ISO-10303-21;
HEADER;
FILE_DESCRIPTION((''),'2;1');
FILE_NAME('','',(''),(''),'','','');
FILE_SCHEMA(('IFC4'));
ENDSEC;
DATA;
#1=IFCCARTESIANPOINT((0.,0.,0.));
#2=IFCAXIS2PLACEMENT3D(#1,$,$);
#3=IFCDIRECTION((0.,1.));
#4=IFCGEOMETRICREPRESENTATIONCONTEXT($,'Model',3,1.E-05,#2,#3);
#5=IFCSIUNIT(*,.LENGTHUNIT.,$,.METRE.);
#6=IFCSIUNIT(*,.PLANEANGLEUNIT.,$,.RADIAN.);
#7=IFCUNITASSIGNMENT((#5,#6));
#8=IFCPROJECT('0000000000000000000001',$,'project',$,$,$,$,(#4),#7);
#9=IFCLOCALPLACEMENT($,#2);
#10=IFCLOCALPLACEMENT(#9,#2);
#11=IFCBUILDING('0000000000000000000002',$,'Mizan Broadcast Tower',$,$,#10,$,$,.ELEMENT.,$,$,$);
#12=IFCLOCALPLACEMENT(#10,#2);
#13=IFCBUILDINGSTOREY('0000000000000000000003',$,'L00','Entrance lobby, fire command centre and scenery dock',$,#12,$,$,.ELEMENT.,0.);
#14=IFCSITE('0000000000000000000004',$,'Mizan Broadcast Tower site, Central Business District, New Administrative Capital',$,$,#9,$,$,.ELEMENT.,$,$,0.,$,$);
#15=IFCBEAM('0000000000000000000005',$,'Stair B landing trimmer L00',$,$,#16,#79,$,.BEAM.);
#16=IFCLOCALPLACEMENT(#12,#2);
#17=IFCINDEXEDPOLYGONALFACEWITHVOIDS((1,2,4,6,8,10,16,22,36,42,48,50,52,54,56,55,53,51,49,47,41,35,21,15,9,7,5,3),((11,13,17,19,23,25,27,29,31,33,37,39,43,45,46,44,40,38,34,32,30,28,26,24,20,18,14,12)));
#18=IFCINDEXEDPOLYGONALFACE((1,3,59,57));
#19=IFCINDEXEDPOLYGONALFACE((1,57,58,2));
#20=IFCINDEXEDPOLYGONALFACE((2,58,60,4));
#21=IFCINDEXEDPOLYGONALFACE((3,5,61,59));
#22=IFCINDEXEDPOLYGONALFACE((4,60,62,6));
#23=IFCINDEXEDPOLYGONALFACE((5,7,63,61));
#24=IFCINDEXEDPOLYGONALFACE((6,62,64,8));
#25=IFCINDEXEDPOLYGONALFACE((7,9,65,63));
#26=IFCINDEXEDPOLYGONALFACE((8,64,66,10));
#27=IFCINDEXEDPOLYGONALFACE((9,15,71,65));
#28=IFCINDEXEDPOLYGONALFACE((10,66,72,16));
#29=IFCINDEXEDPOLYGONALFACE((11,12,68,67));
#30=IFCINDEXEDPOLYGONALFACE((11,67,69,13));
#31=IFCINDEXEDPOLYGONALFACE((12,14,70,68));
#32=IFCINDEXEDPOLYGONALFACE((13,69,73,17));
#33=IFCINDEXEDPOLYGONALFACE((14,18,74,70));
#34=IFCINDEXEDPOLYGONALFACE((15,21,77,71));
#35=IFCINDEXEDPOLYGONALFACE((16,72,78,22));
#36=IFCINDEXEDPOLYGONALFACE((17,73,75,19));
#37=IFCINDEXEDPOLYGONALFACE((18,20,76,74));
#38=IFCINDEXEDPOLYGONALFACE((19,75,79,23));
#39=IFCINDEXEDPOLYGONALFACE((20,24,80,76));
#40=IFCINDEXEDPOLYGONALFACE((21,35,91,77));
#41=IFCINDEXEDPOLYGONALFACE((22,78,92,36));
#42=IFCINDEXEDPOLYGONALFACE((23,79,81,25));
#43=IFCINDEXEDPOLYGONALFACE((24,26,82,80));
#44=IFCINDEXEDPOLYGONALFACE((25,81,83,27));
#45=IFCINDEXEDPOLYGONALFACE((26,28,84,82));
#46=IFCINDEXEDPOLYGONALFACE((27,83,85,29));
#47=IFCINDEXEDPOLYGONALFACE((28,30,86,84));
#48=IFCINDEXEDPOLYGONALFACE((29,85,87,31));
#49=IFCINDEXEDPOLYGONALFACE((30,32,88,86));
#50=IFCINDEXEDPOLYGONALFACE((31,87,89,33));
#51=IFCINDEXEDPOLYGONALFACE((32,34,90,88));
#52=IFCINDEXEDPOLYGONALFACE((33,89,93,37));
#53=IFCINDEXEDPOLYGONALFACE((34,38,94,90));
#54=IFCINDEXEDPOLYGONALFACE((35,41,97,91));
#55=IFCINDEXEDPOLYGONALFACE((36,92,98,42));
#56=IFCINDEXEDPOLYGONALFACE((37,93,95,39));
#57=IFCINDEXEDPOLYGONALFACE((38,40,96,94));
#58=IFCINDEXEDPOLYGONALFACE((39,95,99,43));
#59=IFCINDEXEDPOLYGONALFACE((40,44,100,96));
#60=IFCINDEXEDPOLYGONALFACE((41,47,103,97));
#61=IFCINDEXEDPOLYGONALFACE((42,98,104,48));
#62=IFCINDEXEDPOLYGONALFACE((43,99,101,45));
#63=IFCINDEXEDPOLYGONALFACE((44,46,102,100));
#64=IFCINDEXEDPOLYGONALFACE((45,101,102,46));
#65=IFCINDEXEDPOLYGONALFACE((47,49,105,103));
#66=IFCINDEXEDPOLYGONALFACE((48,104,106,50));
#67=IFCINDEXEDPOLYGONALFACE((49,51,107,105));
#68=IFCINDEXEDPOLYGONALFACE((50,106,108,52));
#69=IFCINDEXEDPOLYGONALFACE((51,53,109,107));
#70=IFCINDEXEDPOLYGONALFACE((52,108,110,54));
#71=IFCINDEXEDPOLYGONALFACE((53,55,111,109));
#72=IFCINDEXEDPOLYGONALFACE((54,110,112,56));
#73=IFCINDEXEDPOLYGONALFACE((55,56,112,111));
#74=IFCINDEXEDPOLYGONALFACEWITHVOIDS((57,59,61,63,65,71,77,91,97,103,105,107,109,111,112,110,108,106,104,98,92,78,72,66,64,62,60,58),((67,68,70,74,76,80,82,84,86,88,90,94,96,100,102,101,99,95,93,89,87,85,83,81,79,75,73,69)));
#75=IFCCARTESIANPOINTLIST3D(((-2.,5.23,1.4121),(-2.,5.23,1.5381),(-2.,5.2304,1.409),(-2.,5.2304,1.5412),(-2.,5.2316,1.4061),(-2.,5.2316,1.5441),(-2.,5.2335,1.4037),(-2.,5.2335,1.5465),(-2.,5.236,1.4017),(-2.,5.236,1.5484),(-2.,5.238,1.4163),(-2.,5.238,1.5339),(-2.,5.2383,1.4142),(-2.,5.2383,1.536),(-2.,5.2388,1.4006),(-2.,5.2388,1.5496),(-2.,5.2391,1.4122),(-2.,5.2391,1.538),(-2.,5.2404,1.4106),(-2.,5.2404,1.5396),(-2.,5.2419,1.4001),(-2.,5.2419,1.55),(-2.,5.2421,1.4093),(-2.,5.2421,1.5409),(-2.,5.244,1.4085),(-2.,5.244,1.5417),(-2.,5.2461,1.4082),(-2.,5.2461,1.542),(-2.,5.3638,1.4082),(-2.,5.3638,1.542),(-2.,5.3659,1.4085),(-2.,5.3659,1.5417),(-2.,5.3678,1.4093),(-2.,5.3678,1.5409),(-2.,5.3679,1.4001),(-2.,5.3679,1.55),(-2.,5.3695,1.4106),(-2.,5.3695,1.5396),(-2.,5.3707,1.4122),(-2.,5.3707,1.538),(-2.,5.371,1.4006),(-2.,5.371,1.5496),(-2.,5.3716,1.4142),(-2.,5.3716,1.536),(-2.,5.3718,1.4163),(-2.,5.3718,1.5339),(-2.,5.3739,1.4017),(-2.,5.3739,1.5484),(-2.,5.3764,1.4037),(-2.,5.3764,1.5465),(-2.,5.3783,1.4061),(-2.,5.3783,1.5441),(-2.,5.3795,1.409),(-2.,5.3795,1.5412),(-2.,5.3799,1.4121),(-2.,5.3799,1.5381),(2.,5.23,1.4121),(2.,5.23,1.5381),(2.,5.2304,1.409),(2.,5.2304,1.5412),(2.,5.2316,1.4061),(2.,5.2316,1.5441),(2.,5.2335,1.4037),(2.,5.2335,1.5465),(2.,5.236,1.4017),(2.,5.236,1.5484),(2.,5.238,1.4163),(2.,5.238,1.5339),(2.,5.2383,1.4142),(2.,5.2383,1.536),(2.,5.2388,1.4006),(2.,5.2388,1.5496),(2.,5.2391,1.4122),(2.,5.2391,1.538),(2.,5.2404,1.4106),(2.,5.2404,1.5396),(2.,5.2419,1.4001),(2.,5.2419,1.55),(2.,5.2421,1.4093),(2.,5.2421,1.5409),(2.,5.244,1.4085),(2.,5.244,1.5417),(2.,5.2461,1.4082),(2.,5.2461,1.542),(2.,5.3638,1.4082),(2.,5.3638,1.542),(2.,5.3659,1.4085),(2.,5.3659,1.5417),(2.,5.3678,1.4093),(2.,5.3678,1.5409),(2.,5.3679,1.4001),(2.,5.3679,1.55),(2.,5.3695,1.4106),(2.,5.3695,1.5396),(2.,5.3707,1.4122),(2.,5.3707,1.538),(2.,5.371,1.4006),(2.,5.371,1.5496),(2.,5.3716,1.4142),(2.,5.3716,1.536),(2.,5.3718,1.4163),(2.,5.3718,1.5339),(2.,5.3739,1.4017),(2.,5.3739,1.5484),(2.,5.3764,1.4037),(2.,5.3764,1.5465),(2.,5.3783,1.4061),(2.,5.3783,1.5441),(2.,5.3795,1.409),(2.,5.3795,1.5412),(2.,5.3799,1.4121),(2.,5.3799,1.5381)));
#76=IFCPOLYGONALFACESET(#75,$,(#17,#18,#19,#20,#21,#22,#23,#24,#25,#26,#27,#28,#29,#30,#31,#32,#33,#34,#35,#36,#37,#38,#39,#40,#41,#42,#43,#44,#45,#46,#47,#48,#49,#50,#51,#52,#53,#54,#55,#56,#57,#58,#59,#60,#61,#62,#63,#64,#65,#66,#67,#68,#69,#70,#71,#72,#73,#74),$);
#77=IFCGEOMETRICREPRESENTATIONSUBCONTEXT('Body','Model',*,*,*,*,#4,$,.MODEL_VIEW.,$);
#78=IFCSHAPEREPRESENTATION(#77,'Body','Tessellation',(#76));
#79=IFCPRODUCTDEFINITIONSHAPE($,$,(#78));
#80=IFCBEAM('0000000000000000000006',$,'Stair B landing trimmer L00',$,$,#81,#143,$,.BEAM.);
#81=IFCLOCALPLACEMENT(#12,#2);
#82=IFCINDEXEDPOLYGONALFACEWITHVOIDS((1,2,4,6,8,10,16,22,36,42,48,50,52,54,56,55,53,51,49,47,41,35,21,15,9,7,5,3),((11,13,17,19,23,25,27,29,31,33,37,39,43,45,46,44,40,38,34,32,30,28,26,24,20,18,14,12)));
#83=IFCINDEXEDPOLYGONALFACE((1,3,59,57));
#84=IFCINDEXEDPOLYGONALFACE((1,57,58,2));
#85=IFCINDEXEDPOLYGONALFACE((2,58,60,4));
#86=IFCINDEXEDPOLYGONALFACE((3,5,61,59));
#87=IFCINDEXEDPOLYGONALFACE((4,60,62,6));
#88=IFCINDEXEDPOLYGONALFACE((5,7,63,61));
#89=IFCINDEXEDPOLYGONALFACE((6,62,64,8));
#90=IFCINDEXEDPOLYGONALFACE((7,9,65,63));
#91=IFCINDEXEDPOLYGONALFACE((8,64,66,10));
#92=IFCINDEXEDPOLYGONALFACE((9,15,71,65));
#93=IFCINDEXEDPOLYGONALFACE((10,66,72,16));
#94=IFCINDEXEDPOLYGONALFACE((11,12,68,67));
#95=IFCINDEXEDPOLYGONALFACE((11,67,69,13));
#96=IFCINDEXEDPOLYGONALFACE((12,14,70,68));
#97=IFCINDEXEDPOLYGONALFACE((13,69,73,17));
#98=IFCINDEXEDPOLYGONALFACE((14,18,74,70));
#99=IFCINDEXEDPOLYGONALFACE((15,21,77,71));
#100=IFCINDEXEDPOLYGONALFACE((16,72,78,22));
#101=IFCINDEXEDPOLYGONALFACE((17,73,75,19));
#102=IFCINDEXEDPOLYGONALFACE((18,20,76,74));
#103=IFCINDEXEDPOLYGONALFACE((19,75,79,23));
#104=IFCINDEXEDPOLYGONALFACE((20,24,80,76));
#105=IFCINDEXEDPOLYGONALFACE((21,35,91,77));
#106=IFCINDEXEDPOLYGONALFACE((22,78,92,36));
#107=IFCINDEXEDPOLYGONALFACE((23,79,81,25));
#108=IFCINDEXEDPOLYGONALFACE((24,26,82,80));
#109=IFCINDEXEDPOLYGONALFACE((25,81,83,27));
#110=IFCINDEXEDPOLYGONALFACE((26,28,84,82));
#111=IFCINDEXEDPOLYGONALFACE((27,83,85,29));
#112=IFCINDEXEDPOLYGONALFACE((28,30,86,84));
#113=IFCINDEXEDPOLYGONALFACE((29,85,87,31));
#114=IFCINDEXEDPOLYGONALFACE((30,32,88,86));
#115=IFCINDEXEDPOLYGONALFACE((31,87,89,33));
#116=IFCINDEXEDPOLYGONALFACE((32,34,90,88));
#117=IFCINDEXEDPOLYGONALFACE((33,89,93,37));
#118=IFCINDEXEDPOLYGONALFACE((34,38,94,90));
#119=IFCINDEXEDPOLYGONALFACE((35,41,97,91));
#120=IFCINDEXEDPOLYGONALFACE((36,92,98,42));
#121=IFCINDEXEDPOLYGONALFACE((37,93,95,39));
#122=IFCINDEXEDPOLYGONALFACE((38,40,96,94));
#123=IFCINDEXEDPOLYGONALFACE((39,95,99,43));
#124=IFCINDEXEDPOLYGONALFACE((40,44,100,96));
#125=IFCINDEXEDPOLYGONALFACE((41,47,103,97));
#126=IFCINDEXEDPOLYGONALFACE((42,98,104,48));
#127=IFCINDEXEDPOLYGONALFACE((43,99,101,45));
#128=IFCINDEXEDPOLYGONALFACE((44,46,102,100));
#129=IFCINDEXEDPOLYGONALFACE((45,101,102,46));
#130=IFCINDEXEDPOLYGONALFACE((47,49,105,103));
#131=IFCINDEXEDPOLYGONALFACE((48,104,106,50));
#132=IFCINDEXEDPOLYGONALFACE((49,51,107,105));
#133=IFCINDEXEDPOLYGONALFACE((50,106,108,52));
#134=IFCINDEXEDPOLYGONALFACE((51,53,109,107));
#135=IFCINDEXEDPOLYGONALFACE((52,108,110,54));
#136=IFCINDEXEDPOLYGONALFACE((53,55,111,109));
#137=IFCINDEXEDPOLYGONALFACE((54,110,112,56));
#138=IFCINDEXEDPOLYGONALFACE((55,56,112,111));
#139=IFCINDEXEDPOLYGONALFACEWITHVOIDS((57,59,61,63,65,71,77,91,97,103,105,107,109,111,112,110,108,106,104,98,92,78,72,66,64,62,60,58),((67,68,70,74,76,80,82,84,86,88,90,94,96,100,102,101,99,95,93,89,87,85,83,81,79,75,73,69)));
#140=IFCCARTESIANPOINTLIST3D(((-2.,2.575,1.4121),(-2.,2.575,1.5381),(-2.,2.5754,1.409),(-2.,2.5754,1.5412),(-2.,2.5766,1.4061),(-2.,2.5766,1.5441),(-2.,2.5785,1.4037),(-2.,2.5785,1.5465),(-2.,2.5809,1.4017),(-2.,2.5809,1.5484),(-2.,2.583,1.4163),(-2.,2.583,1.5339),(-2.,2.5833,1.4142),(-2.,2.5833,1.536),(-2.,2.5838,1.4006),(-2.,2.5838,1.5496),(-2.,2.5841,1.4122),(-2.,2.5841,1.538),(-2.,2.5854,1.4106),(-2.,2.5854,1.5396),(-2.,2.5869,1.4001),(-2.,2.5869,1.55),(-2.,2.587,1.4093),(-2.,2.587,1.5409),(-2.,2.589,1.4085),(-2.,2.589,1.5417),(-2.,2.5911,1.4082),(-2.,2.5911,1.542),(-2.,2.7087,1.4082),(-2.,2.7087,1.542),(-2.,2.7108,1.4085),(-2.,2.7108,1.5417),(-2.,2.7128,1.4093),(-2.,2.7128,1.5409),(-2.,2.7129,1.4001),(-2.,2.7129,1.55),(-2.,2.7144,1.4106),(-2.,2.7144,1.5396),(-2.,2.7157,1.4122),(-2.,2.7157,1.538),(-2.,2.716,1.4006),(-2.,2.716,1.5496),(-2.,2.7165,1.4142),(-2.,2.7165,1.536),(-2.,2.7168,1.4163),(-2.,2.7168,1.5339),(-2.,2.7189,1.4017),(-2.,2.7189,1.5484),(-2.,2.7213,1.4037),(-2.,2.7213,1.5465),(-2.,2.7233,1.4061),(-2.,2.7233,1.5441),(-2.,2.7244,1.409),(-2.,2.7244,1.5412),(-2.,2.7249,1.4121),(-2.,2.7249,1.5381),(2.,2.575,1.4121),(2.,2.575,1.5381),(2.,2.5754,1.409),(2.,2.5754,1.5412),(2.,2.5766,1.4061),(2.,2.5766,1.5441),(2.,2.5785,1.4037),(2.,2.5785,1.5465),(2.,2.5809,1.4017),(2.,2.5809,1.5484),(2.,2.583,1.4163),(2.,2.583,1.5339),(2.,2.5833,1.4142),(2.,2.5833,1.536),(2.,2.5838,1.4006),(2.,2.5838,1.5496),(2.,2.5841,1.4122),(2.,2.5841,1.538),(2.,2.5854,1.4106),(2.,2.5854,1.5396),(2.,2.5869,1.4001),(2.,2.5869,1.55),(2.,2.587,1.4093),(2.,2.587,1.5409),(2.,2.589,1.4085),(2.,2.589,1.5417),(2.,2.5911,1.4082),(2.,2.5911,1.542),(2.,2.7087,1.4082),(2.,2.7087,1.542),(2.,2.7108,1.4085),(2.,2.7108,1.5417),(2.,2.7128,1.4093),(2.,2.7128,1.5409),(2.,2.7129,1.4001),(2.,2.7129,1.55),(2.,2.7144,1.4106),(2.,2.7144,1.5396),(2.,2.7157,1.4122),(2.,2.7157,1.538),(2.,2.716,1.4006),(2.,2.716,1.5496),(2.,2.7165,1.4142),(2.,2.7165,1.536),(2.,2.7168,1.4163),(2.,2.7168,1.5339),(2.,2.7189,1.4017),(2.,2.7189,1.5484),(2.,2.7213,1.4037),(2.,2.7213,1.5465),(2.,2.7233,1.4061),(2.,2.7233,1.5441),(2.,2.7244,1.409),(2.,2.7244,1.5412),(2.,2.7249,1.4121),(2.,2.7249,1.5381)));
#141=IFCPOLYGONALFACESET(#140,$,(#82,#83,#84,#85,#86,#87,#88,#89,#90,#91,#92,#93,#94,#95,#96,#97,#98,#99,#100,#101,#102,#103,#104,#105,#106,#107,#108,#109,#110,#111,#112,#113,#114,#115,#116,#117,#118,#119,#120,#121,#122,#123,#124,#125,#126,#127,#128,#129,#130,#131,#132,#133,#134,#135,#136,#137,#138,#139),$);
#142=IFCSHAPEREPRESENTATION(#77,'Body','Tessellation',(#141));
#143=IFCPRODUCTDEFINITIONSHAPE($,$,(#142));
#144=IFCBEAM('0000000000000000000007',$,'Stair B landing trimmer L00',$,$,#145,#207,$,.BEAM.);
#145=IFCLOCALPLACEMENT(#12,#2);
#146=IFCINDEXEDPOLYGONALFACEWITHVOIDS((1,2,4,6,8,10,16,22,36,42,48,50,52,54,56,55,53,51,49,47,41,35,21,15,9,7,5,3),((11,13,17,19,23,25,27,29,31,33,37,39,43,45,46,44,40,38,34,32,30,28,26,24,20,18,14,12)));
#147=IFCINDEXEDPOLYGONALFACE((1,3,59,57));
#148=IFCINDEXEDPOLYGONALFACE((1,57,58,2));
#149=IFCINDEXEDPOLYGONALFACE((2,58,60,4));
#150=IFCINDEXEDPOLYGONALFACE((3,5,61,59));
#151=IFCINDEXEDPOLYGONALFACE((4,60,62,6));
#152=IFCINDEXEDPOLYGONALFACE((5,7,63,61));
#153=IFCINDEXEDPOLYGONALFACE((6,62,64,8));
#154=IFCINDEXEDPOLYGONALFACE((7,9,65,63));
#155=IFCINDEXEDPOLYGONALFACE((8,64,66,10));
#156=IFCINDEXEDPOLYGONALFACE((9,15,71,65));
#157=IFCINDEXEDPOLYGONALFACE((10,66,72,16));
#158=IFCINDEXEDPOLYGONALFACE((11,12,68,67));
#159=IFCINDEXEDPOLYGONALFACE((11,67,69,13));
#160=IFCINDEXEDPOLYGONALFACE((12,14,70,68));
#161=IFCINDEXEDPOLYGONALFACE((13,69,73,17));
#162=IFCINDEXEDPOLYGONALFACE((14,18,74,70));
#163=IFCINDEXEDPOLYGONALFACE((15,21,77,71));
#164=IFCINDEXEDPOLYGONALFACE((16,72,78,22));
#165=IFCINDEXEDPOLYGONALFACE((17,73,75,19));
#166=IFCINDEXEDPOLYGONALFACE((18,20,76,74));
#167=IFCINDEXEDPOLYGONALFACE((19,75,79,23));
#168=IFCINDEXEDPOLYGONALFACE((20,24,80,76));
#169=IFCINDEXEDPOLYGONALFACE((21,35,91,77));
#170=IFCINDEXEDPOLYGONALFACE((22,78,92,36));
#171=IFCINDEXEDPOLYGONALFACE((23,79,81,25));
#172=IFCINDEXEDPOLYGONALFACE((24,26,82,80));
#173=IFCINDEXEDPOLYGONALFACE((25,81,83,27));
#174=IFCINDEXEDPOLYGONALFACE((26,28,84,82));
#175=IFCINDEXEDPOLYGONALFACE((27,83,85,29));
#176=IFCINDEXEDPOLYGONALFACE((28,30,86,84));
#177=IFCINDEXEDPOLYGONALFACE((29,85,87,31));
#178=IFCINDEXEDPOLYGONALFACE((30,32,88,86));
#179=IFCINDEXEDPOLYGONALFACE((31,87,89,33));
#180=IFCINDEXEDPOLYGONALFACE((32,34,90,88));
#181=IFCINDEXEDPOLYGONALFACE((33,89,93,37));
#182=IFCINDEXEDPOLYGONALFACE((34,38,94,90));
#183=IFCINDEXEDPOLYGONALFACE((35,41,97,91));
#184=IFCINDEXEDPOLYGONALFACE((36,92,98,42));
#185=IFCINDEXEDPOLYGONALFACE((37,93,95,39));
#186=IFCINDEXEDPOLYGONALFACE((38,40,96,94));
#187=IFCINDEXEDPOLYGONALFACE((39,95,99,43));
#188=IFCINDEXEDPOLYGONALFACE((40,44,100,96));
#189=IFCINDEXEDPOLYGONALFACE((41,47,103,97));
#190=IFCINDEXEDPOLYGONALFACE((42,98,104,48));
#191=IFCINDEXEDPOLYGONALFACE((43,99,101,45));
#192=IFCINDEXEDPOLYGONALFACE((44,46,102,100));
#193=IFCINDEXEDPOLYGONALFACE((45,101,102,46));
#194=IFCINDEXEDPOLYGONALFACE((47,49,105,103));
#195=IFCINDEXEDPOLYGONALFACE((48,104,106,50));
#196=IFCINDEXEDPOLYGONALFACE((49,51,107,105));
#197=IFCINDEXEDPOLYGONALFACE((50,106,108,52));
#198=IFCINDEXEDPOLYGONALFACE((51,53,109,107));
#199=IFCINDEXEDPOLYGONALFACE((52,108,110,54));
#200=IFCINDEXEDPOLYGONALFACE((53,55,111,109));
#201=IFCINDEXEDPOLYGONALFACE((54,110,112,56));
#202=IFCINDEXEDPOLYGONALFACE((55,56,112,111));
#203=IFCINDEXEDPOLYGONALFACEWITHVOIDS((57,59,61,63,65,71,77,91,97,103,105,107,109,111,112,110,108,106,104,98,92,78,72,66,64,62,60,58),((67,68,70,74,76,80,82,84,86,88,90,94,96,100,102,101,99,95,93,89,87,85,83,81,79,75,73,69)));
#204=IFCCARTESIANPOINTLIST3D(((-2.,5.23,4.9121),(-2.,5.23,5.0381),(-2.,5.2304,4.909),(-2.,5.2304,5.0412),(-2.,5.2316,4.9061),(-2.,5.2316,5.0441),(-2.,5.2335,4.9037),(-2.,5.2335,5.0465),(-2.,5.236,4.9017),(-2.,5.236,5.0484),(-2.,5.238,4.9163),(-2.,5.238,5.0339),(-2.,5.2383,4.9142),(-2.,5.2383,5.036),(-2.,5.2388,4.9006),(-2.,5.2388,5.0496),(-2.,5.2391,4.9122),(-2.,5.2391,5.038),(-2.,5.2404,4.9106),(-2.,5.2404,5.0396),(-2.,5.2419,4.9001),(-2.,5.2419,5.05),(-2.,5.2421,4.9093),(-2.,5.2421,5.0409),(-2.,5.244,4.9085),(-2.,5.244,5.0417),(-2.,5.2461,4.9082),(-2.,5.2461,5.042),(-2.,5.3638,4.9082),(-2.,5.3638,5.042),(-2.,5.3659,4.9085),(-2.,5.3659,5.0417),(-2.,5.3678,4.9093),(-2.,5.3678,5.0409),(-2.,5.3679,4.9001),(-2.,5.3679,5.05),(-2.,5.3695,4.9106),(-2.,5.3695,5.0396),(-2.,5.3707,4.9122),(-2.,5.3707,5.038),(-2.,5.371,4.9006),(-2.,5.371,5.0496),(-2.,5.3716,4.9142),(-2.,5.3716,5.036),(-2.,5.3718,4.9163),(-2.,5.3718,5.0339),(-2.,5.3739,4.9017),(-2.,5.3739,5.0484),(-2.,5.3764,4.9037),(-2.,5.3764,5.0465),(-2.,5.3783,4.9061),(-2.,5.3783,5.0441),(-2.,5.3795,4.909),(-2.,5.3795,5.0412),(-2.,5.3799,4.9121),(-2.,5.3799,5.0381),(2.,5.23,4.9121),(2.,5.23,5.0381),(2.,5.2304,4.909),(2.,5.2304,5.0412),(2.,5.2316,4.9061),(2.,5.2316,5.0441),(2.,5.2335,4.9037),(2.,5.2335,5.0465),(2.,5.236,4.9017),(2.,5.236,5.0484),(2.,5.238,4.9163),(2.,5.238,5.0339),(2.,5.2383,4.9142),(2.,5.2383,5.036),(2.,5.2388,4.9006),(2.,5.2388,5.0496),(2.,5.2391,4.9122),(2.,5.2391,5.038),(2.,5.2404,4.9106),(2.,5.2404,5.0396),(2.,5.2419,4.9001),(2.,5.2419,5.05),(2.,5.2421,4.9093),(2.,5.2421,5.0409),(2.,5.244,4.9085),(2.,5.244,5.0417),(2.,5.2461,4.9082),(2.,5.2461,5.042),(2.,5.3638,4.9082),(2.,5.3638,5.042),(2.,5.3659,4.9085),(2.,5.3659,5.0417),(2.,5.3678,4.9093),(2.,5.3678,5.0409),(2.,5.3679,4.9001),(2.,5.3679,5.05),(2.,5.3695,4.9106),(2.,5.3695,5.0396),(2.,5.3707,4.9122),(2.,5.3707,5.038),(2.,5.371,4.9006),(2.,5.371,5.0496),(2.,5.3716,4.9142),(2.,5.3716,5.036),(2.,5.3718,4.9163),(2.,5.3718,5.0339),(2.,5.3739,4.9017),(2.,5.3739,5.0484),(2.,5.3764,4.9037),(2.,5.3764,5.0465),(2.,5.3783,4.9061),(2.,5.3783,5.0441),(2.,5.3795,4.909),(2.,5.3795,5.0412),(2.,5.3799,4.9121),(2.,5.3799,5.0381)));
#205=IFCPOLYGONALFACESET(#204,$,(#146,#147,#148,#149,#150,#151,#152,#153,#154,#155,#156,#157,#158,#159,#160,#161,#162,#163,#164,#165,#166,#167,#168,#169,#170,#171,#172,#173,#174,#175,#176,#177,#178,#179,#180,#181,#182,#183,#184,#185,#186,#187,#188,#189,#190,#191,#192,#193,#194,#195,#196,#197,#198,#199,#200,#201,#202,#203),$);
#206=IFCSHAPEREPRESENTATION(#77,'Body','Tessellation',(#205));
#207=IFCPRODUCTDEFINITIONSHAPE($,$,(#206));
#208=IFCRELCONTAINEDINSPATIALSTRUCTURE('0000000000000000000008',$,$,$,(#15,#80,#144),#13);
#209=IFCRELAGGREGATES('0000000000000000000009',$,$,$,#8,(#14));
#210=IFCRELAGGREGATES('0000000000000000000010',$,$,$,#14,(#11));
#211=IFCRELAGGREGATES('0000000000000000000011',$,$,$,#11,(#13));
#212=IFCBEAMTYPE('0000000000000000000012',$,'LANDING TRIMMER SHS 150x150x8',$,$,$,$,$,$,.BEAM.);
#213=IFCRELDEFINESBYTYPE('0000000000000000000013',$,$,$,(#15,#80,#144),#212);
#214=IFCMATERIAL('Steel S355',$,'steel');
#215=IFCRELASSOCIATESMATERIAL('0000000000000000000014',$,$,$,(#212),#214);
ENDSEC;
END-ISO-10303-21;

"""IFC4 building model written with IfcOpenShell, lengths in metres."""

from ifc_helpers import new_model, si_unit, direction, frame, origin, origin_2d, place, context, subcontext, project, spatial, hollow_rectangle, extrude, material, material_profile, profile_set, type_object, element, save


model = new_model("IFC4")

# Units and contexts
model_context = context("Model", 3, precision=1e-05, world=origin(), true_north=direction((0.0, 1.0)))
body_context = subcontext(model_context, "Body", "Model", "MODEL_VIEW")
ifc_project = project(units=[si_unit("LENGTHUNIT", "METRE"), si_unit("PLANEANGLEUNIT", "RADIAN")], contexts=[model_context])

# Site, building, storey
site_placement = place(None, origin())
site = spatial("IfcSite", under=ifc_project, at=site_placement, Name="Mizan Broadcast Tower site, Central Business District, New Administrative Capital", CompositionType="ELEMENT", RefElevation=0.0)
building_placement = place(site_placement, origin())
building = spatial("IfcBuilding", under=site, at=building_placement, Name="Mizan Broadcast Tower", CompositionType="ELEMENT")
storey_placement = place(building_placement, origin())
storey = spatial("IfcBuildingStorey", under=building, at=storey_placement, Name="L00", Description="Entrance lobby, fire command centre and scenery dock", CompositionType="ELEMENT", Elevation=0.0)

# Beams
ifc_material_1 = material(Name="Steel S355", Category="steel")
ifc_material_profile = material_profile(ifc_material_1, hollow_rectangle(XDim=0.1499, YDim=0.1499, WallThickness=0.0081, InnerFilletRadius=0.0081, OuterFilletRadius=0.012, at=origin_2d()), Name="SHS 150x150x8")
ifc_profile_set = profile_set([ifc_material_profile], Name="Steel S355")
beam_type = type_object("IfcBeamType", Name="LANDING TRIMMER SHS 150x150x8", PredefinedType="BEAM", material=ifc_profile_set)
for number, where, z_axis, x_axis, name in (
    (1, (2.0, 5.3049, 1.4751), (-1.0, 0.0, 0.0), (0.0, -1.0, 0.0), "Stair B landing trimmer L00"),
    (2, (2.0, 2.6499, 1.4751), (-1.0, 0.0, 0.0), (0.0, -1.0, 0.0), "Stair B landing trimmer L00"),
    (3, (2.0, 5.3049, 4.9751), (-1.0, 0.0, 0.0), (0.0, -1.0, 0.0), "Stair B landing trimmer L00"),
):
    element("IfcBeam", number, at=place(storey_placement, frame(where, z_axis=z_axis, x_axis=x_axis)), inside=storey, type_object=beam_type, Name=name, PredefinedType="BEAM", context=body_context, shape_type="SweptSolid", body=[
        extrude(hollow_rectangle(XDim=0.1499, YDim=0.1499, WallThickness=0.0081, InnerFilletRadius=0.0081, OuterFilletRadius=0.012, at=origin_2d()), origin(), (0.0, 0.0, 1.0), 4.0),
    ])

save(model, "model.ifc")
